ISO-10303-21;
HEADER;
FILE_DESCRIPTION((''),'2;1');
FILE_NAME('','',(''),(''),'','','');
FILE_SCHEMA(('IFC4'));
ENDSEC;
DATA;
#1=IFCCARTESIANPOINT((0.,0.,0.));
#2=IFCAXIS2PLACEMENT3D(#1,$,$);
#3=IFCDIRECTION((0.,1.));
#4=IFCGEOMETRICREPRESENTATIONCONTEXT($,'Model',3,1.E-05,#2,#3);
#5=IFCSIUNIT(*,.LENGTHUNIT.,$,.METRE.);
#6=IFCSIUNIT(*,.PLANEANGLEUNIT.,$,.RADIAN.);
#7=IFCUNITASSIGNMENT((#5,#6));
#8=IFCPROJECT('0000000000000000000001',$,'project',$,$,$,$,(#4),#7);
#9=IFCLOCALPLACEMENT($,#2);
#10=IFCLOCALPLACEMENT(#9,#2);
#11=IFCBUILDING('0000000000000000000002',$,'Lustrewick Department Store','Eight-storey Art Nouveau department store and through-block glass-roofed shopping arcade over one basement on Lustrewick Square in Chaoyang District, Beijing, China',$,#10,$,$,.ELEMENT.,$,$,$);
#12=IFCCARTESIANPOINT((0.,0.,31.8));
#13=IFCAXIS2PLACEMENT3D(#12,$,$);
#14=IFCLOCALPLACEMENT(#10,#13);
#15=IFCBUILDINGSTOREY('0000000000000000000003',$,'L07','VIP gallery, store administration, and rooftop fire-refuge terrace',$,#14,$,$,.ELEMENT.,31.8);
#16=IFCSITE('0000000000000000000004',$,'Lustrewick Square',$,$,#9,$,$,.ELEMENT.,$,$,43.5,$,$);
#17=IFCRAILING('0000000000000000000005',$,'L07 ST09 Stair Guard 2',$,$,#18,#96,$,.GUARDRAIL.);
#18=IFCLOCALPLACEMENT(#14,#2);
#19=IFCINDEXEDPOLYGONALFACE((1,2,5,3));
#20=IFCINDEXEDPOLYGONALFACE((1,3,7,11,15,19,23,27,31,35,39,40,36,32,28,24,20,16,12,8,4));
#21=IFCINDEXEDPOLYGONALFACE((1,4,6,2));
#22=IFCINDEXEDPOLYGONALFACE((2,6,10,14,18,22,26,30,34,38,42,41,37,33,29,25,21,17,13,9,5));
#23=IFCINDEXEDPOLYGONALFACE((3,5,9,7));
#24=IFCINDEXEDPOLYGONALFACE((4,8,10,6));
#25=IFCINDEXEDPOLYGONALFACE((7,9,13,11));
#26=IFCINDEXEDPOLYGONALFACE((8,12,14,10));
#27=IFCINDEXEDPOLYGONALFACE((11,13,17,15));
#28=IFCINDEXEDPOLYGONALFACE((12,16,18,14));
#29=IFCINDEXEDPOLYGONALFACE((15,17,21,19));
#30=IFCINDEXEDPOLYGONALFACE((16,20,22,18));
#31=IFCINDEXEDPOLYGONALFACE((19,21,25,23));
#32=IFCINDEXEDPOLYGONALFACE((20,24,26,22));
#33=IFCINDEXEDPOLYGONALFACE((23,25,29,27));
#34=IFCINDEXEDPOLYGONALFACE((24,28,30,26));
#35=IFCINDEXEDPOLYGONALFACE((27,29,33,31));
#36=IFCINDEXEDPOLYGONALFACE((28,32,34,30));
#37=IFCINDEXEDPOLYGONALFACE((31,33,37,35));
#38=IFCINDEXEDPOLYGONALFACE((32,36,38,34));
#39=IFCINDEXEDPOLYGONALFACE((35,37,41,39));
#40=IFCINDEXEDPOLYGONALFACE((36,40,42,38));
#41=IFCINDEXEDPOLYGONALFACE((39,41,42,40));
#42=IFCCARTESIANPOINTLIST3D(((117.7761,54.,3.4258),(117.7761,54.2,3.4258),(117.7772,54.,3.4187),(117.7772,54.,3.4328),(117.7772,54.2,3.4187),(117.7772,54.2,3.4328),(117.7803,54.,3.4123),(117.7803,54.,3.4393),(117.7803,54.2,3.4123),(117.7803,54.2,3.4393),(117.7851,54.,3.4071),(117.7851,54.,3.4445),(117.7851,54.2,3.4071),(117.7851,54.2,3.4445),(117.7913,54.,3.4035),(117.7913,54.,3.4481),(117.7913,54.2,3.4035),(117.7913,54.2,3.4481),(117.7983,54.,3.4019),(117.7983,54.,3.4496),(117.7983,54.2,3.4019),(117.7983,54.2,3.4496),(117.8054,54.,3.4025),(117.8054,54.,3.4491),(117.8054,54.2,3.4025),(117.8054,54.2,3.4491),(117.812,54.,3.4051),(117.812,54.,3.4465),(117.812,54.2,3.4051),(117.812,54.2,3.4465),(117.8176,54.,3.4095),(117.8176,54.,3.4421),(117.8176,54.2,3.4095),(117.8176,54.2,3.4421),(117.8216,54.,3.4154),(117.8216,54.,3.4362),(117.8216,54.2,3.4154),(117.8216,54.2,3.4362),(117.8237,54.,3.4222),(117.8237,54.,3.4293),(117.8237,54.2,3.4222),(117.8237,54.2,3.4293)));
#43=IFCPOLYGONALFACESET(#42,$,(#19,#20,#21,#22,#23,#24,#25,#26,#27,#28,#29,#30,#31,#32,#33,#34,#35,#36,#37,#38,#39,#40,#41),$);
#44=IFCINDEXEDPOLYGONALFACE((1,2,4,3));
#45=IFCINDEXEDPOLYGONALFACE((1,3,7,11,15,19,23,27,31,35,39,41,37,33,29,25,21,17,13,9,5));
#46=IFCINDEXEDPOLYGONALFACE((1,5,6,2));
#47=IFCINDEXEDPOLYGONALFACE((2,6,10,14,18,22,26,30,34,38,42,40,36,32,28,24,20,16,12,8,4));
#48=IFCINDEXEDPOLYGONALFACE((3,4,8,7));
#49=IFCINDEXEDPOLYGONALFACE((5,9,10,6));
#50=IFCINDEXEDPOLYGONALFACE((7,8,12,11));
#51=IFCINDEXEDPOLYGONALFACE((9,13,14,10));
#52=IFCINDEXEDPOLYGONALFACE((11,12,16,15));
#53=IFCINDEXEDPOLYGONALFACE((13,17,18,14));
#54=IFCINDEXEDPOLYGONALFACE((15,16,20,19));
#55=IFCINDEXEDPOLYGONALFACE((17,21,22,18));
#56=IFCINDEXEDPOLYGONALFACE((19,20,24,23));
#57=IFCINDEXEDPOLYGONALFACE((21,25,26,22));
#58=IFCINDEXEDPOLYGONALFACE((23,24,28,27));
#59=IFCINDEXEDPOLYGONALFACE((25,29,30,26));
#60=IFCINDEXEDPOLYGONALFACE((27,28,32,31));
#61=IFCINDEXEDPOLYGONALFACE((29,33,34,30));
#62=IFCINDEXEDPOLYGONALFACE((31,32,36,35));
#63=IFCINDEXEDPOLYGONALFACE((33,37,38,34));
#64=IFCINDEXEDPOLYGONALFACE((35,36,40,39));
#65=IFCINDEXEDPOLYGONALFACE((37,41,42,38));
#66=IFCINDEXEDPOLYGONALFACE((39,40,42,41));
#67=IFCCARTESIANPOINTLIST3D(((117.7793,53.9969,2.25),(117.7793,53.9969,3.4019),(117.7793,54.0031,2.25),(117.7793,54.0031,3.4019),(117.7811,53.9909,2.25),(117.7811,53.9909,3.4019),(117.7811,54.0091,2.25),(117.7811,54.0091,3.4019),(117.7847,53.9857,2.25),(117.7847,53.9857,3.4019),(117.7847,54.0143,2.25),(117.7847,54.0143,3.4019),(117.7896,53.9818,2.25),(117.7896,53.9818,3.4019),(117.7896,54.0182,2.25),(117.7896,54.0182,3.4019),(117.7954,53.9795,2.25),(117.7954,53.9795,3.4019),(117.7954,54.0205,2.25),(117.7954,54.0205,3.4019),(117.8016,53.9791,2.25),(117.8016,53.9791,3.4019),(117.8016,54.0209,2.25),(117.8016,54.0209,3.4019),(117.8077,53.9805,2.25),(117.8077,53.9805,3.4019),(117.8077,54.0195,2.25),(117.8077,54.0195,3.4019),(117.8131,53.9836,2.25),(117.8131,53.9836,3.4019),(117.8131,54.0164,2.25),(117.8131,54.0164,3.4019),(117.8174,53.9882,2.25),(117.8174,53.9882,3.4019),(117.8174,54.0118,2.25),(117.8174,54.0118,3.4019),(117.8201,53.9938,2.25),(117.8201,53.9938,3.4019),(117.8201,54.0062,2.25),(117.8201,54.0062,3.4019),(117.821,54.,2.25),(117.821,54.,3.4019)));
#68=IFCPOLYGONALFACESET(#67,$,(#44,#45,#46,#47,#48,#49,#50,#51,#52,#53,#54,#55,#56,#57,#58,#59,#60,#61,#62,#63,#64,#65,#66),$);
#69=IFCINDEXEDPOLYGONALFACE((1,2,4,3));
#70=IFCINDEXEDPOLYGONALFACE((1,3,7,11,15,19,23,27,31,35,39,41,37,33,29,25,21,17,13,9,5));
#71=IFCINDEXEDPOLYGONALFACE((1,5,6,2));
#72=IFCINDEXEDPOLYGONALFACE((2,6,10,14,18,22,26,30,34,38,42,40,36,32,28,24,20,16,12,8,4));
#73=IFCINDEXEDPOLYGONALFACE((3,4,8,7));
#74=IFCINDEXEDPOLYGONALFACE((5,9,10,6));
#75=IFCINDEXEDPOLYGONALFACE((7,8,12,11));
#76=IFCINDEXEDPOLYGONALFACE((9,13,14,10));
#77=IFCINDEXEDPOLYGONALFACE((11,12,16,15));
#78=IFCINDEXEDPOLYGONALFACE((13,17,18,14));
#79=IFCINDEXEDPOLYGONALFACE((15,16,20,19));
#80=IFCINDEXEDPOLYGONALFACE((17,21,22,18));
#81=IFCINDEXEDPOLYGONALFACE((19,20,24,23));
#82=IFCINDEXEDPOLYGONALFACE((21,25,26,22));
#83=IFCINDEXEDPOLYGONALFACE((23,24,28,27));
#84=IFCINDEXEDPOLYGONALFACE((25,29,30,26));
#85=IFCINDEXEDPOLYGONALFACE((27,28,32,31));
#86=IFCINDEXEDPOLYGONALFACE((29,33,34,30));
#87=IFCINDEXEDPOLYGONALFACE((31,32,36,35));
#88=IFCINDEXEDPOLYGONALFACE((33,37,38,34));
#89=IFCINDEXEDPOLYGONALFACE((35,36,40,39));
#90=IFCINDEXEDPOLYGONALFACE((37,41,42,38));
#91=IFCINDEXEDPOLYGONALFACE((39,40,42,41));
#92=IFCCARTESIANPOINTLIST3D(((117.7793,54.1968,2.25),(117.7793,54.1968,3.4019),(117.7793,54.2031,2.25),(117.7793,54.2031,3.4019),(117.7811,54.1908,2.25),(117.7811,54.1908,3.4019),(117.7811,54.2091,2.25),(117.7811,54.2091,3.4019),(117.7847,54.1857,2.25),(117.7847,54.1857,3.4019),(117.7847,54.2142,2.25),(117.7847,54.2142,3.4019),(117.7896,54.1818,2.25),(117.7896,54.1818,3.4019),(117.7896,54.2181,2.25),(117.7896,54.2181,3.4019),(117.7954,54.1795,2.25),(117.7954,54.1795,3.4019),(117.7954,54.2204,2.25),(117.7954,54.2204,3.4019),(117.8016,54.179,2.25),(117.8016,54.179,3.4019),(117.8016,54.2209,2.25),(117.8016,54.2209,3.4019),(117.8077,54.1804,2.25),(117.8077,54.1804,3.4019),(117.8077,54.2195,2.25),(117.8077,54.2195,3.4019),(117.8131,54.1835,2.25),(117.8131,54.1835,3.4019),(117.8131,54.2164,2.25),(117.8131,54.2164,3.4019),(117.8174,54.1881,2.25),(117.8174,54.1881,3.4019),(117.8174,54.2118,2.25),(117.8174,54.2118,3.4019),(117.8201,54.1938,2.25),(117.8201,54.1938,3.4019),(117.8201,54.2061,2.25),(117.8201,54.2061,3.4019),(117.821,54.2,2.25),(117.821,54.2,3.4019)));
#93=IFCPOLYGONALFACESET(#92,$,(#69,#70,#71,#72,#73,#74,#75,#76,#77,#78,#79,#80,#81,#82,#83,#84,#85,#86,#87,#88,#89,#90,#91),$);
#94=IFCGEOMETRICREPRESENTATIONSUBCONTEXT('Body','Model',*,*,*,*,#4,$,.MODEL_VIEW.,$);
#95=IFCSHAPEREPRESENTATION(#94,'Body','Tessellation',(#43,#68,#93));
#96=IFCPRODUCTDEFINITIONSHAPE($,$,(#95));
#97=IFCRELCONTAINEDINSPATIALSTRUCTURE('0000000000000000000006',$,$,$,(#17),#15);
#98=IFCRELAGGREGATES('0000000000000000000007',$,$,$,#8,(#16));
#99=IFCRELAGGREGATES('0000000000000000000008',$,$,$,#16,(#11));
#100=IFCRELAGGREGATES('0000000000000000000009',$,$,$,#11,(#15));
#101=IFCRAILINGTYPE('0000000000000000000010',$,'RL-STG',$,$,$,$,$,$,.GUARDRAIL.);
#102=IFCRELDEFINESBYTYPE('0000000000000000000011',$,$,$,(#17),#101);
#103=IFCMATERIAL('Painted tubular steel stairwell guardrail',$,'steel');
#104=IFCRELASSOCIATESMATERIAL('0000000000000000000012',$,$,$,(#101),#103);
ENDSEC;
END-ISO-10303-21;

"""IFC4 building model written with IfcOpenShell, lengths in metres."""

from ifc_helpers import new_model, si_unit, direction, frame, origin, origin_2d, place, context, subcontext, project, spatial, circle, extrude, material, type_object, element, save


model = new_model("IFC4")

# Units and contexts
model_context = context("Model", 3, precision=1e-05, world=origin(), true_north=direction((0.0, 1.0)))
body_context = subcontext(model_context, "Body", "Model", "MODEL_VIEW")
ifc_project = project(units=[si_unit("LENGTHUNIT", "METRE"), si_unit("PLANEANGLEUNIT", "RADIAN")], contexts=[model_context])

# Site, building, storey
site_placement = place(None, origin())
site = spatial("IfcSite", under=ifc_project, at=site_placement, Name="Lustrewick Square", CompositionType="ELEMENT", RefElevation=43.5)
building_placement = place(site_placement, origin())
building = spatial("IfcBuilding", under=site, at=building_placement, Name="Lustrewick Department Store", Description="Eight-storey Art Nouveau department store and through-block glass-roofed shopping arcade over one basement on Lustrewick Square in Chaoyang District, Beijing, China", CompositionType="ELEMENT")
storey_placement = place(building_placement, frame((0.0, 0.0, 31.8)))
storey = spatial("IfcBuildingStorey", under=building, at=storey_placement, Name="L07", Description="VIP gallery, store administration, and rooftop fire-refuge terrace", CompositionType="ELEMENT", Elevation=31.8)

# Railing
ifc_material_1 = material(Name="Painted tubular steel stairwell guardrail", Category="steel")
railing_type_1 = type_object("IfcRailingType", Name="RL-STG", PredefinedType="GUARDRAIL", material=ifc_material_1)
railing_1_placement = place(storey_placement, frame((117.8, 54.0, 2.25)))
element("IfcRailing", 1, at=railing_1_placement, inside=storey, type_object=railing_type_1, Name="L07 ST09 Stair Guard 2", PredefinedType="GUARDRAIL", context=body_context, shape_type="SweptSolid", body=[
    extrude(circle(Radius=0.0239, at=origin_2d()), frame((0.0, 0.0, 1.1758), z_axis=(0.0, 1.0, 0.0), x_axis=(-1.0, 0.0, 0.0)), (0.0, 0.0, 1.0), 0.2),
    extrude(circle(Radius=0.021, at=origin_2d()), origin(), (0.0, 0.0, 1.0), 1.1519),
    extrude(circle(Radius=0.021, at=origin_2d()), frame((0.0, 0.2, 0.0)), (0.0, 0.0, 1.0), 1.1519),
])

save(model, "model.ifc")
